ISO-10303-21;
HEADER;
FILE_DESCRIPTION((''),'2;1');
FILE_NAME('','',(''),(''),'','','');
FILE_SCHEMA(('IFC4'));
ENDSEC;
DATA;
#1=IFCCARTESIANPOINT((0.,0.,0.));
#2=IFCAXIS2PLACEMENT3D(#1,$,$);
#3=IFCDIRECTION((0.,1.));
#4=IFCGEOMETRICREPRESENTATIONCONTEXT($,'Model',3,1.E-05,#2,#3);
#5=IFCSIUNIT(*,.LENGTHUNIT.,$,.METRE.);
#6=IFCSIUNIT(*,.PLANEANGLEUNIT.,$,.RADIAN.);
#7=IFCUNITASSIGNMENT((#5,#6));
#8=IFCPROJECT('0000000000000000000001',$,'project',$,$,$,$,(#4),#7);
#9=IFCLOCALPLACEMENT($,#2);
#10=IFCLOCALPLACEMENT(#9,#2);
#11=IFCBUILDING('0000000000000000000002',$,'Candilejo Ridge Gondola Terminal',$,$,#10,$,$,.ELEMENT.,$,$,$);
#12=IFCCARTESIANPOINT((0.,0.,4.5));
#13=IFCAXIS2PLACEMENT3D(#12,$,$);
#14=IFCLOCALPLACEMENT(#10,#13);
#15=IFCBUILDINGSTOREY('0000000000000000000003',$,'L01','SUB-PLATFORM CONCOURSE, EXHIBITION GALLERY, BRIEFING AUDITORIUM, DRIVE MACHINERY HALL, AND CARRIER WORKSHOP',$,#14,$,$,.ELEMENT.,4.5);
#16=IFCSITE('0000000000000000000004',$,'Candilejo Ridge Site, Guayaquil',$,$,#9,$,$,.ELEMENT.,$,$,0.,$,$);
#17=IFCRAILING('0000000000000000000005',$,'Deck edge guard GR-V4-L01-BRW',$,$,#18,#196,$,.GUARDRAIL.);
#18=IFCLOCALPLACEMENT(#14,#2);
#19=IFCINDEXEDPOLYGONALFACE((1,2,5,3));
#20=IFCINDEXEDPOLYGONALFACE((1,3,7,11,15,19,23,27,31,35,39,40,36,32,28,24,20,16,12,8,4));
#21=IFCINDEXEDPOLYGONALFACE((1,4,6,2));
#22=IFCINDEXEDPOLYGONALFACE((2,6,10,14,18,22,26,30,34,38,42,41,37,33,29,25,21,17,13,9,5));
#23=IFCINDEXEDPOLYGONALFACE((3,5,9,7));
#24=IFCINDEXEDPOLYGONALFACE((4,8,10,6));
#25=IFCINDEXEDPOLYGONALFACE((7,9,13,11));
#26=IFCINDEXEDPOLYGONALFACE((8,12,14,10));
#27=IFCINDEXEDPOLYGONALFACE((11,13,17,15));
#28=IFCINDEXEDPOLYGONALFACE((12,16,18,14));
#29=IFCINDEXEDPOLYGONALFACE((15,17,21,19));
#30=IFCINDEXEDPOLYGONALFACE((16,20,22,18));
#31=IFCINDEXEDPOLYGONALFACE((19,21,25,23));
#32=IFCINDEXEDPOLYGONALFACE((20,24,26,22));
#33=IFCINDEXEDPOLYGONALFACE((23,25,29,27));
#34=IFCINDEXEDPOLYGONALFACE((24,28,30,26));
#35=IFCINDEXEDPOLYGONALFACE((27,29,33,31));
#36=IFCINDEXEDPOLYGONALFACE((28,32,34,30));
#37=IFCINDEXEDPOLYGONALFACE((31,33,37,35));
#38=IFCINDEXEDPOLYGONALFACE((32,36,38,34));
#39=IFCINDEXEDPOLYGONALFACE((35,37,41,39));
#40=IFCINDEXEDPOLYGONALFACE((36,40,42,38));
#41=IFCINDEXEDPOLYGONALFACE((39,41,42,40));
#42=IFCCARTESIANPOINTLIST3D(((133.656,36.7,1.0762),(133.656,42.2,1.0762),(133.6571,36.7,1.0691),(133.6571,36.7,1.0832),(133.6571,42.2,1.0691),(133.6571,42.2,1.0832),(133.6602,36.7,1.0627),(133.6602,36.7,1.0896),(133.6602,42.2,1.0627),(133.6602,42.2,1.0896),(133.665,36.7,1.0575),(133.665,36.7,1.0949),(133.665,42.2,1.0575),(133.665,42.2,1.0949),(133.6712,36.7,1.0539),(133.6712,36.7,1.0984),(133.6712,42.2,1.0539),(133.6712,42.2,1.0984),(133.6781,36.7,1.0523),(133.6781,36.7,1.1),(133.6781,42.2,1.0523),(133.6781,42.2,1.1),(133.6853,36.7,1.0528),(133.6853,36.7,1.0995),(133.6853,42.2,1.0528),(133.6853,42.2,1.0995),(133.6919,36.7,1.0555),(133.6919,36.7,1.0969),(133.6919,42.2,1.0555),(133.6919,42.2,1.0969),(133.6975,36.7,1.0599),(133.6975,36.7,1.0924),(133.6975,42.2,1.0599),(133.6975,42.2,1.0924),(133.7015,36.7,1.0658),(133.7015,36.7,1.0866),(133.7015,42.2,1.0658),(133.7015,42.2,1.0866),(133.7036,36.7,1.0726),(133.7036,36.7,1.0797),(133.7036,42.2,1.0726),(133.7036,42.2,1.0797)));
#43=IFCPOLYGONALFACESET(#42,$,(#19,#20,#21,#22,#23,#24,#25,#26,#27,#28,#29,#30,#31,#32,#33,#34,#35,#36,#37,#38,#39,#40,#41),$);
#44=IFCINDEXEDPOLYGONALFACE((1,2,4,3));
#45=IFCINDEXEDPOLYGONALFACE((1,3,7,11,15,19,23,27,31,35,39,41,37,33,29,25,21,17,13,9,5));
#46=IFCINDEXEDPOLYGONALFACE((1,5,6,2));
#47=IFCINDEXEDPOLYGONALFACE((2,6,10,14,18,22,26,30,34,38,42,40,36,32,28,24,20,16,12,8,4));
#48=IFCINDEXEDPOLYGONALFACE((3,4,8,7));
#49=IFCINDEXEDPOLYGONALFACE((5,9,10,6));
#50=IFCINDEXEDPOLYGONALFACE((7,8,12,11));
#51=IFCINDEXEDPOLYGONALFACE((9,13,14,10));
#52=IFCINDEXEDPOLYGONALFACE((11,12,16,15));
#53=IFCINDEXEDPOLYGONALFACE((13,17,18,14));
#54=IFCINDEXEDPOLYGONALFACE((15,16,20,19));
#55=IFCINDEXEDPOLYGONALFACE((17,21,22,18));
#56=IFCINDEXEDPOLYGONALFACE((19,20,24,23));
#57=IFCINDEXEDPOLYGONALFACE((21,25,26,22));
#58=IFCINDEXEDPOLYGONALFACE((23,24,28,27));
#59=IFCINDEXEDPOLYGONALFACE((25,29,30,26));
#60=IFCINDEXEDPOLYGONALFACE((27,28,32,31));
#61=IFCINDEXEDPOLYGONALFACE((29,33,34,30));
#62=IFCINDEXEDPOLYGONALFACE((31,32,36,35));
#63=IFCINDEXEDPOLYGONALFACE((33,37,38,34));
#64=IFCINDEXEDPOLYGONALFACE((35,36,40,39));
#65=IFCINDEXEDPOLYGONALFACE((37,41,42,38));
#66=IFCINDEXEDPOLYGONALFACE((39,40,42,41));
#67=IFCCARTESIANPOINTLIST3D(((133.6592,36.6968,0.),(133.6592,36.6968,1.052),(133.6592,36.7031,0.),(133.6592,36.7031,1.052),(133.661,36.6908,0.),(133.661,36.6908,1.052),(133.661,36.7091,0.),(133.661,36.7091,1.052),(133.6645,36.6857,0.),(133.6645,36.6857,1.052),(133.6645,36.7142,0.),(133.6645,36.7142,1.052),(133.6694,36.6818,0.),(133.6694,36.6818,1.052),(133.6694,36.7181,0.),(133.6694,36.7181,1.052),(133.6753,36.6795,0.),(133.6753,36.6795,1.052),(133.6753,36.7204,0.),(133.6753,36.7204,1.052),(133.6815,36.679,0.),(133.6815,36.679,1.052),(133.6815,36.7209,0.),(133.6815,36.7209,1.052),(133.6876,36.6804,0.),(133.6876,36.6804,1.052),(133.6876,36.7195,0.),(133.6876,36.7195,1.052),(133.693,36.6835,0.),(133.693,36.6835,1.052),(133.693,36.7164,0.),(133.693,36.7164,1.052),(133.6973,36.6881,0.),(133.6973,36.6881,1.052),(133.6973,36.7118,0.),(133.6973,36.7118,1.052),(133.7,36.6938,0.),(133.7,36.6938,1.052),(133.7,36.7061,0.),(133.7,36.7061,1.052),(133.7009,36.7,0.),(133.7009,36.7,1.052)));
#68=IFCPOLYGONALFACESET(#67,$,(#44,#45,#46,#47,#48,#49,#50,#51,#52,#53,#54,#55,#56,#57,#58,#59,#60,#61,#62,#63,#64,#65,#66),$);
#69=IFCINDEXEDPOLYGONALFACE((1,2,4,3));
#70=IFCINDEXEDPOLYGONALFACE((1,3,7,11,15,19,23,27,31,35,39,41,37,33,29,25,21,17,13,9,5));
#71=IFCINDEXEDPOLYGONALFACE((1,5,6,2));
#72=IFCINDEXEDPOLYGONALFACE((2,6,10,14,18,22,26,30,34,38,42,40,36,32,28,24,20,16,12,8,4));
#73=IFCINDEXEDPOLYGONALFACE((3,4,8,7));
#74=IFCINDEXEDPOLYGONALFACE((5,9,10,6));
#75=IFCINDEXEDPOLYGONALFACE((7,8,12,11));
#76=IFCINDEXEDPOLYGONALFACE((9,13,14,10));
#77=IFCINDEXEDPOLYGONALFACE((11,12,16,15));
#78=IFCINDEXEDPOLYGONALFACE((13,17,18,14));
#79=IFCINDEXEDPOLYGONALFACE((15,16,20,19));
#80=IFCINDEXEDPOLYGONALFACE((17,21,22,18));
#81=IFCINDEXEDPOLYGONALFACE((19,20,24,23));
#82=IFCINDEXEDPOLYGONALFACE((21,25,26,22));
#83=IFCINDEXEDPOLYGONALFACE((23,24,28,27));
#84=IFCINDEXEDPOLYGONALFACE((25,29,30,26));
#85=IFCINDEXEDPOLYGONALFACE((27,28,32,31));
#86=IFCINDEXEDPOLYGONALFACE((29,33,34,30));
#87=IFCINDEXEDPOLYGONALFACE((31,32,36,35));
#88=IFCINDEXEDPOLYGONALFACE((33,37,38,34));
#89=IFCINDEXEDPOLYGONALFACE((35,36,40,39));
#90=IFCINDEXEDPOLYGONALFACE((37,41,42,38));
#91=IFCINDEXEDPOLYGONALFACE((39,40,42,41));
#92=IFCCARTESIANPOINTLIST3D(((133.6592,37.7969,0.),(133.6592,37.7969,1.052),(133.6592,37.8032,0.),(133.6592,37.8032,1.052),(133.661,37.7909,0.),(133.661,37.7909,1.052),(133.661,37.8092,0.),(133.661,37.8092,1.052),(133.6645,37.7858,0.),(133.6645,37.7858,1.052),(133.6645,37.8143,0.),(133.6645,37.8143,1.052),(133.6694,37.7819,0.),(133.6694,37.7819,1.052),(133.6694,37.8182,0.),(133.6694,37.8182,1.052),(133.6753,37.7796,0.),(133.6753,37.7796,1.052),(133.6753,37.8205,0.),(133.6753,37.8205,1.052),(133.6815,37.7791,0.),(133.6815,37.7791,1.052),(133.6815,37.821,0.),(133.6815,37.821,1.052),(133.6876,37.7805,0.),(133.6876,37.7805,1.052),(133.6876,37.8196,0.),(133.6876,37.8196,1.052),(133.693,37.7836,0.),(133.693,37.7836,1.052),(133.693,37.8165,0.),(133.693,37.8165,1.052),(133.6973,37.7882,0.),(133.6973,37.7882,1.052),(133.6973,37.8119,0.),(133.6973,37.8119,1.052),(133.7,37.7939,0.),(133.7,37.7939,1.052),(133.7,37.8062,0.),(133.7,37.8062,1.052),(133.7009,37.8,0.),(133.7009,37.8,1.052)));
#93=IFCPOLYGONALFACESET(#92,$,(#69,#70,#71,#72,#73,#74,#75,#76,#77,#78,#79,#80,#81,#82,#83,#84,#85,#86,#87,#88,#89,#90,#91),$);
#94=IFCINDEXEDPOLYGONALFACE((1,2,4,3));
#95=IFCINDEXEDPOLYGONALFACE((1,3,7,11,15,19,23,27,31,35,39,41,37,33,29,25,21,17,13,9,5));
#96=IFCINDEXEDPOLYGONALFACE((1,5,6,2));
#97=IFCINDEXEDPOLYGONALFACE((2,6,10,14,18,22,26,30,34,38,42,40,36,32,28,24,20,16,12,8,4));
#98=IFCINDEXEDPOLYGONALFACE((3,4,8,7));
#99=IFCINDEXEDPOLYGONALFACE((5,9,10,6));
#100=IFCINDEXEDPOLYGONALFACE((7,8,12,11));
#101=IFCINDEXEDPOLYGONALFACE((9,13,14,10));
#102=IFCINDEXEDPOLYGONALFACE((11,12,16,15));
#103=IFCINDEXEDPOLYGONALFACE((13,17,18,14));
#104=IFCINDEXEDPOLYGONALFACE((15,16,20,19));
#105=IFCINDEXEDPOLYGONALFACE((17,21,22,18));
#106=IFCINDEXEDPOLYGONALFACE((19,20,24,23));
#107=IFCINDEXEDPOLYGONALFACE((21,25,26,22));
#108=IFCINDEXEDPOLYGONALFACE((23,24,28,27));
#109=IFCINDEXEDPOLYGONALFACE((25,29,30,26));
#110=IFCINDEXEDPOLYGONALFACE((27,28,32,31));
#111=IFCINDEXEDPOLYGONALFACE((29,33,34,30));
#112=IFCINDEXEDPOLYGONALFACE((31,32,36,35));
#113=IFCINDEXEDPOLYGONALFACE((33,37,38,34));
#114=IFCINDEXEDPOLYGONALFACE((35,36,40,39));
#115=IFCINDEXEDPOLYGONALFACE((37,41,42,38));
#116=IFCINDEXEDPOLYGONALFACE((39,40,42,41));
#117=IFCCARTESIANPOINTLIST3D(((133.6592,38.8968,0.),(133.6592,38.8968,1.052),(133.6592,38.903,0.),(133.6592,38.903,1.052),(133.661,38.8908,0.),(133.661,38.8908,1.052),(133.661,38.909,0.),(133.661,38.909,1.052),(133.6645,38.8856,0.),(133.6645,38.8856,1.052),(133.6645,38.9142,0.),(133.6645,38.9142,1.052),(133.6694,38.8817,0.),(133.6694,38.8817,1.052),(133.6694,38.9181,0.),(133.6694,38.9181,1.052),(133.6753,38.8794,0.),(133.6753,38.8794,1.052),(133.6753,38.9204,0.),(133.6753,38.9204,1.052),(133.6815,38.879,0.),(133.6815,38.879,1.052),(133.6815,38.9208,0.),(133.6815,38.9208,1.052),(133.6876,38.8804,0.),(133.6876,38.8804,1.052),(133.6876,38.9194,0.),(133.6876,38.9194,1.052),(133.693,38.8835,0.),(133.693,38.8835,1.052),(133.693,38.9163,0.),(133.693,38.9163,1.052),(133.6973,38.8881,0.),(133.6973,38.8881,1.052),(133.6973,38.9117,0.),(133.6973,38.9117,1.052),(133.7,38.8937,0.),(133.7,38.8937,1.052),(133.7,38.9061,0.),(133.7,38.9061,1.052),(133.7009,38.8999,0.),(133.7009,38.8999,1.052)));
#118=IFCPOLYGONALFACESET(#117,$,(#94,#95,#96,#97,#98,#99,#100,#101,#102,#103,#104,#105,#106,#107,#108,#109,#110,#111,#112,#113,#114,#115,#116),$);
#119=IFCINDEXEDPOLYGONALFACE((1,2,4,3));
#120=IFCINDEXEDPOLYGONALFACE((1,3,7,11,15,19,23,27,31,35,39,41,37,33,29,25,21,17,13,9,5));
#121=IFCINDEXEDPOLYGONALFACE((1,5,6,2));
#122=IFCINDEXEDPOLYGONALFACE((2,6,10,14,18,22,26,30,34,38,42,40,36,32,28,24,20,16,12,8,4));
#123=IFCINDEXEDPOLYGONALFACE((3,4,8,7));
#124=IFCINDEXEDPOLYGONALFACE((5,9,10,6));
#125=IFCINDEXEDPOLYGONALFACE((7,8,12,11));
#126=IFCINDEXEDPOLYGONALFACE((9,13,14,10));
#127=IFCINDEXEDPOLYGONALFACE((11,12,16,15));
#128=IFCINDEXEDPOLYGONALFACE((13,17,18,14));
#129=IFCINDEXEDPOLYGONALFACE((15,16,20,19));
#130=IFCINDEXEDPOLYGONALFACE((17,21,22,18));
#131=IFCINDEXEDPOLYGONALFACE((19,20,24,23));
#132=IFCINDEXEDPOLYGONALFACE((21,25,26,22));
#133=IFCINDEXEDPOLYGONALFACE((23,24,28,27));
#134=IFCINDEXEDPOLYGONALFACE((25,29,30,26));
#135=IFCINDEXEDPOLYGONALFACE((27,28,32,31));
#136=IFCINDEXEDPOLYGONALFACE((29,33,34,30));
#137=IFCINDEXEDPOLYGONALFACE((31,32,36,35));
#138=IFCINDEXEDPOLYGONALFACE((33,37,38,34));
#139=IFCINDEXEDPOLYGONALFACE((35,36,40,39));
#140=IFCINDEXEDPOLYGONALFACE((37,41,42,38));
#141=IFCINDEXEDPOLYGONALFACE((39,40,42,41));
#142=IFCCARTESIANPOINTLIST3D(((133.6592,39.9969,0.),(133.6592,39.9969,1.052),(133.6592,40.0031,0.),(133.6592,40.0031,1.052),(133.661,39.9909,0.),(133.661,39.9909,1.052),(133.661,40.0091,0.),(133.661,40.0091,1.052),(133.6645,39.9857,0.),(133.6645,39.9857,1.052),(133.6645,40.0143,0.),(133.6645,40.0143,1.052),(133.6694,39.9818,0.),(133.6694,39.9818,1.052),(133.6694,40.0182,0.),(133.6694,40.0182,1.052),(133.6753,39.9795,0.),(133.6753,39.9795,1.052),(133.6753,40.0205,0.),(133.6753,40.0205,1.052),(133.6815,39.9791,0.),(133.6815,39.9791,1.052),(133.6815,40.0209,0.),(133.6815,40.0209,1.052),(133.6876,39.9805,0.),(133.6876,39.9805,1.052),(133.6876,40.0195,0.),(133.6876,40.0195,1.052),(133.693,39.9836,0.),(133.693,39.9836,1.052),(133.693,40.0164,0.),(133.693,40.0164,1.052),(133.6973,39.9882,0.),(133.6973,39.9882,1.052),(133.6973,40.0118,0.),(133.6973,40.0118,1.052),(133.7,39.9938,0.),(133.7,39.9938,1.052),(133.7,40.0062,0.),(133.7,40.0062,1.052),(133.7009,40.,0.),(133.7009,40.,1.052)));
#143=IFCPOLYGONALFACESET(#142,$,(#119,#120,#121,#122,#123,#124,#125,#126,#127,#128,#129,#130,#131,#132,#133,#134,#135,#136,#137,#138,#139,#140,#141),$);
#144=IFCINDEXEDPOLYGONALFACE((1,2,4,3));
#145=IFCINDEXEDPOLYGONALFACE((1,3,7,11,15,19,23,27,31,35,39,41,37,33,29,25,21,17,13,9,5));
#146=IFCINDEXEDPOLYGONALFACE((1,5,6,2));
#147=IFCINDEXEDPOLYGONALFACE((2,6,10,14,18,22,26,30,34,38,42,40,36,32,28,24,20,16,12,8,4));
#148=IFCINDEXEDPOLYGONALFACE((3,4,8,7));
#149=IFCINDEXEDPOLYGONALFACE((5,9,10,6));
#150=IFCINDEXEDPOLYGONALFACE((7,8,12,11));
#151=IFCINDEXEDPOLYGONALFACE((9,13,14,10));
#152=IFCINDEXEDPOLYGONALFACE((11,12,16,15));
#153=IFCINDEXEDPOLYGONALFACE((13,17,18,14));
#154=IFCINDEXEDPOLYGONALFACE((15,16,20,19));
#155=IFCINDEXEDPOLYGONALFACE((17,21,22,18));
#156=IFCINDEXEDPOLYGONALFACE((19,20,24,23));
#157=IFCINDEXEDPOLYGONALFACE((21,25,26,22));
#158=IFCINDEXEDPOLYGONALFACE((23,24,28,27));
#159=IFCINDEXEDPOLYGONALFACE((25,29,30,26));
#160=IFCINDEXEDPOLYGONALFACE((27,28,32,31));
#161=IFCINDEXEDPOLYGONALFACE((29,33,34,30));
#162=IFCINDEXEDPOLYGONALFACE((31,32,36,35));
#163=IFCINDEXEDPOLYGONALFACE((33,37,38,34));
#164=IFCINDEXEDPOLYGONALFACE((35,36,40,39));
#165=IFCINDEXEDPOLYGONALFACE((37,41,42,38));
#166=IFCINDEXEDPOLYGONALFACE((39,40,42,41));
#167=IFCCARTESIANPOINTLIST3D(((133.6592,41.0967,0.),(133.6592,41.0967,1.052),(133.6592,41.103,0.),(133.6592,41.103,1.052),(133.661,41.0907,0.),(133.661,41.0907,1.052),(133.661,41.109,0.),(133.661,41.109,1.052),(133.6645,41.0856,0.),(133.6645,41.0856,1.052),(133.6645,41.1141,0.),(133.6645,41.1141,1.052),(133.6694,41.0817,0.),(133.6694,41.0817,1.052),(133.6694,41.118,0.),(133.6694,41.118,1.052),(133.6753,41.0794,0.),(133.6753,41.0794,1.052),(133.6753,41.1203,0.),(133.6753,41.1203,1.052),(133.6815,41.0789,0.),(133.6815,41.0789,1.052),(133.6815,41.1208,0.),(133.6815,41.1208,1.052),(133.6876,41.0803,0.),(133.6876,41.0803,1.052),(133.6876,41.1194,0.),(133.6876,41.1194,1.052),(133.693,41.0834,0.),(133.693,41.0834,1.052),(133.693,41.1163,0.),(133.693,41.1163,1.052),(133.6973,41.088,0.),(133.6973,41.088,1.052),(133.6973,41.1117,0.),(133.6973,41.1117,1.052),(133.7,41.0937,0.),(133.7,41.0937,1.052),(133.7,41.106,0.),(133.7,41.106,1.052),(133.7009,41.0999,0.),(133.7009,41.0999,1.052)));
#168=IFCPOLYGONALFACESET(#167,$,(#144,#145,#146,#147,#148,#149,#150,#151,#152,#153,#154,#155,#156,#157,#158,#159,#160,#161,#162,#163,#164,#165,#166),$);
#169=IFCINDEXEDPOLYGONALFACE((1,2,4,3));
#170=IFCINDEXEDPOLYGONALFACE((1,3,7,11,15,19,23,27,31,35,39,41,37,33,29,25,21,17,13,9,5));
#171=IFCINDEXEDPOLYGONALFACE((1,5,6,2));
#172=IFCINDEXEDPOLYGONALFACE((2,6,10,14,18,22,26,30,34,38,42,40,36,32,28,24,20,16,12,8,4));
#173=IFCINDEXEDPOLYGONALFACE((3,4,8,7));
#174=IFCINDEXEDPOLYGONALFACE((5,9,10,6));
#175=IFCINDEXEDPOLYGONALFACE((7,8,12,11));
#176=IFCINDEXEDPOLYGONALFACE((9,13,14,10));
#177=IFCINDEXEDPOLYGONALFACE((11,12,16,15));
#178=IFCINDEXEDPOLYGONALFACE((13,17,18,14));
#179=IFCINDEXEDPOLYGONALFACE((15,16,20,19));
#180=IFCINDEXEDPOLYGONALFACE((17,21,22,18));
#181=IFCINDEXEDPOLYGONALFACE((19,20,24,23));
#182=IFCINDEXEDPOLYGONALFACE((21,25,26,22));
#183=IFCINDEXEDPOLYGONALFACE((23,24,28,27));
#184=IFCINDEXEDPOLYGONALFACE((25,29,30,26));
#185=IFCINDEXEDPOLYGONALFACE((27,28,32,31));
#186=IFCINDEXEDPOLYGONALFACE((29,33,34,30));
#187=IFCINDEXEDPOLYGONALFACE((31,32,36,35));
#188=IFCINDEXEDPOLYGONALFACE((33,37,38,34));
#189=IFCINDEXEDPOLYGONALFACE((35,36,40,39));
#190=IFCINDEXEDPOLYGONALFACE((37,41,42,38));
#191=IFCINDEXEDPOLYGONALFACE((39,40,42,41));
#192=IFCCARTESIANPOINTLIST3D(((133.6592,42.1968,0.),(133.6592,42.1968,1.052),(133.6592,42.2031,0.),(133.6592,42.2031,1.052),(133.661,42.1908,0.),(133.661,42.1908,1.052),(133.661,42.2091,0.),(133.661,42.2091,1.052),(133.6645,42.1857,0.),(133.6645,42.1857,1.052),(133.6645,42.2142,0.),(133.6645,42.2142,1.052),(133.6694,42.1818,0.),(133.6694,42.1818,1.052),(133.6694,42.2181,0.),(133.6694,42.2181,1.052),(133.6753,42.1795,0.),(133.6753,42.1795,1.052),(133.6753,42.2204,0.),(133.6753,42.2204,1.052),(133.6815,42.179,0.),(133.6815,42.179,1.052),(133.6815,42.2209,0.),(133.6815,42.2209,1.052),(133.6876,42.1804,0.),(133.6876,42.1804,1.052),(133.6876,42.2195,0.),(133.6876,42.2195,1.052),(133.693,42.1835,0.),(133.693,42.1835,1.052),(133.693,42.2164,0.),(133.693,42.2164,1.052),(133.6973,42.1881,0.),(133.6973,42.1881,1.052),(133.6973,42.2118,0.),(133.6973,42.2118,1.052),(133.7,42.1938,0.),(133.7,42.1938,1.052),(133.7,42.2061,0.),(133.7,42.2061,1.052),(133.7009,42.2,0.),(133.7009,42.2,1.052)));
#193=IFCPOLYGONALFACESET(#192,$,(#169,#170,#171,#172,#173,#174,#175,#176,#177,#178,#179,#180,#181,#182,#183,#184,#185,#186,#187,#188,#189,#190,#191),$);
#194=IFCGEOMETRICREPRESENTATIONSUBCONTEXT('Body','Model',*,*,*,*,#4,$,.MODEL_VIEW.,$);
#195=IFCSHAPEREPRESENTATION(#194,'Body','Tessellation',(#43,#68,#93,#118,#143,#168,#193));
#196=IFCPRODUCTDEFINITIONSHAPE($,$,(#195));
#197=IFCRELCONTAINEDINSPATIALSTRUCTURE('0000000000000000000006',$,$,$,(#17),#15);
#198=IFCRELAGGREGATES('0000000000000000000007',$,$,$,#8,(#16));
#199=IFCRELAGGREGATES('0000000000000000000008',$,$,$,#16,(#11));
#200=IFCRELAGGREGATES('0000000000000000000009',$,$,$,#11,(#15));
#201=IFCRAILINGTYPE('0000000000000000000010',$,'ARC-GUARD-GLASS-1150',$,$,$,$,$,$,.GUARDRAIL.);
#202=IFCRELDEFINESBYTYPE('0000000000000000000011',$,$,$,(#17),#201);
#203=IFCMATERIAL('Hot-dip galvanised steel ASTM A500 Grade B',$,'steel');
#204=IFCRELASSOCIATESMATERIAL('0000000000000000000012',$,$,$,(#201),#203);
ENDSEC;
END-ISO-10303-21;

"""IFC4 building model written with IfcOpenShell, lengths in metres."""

from ifc_helpers import new_model, si_unit, direction, frame, origin, origin_2d, place, context, subcontext, project, spatial, circle, extrude, material, type_object, element, save


model = new_model("IFC4")

# Units and contexts
model_context = context("Model", 3, precision=1e-05, world=origin(), true_north=direction((0.0, 1.0)))
body_context = subcontext(model_context, "Body", "Model", "MODEL_VIEW")
ifc_project = project(units=[si_unit("LENGTHUNIT", "METRE"), si_unit("PLANEANGLEUNIT", "RADIAN")], contexts=[model_context])

# Site, building, storey
site_placement = place(None, origin())
site = spatial("IfcSite", under=ifc_project, at=site_placement, Name="Candilejo Ridge Site, Guayaquil", CompositionType="ELEMENT", RefElevation=0.0)
building_placement = place(site_placement, origin())
building = spatial("IfcBuilding", under=site, at=building_placement, Name="Candilejo Ridge Gondola Terminal", CompositionType="ELEMENT")
storey_placement = place(building_placement, frame((0.0, 0.0, 4.5)))
storey = spatial("IfcBuildingStorey", under=building, at=storey_placement, Name="L01", Description="SUB-PLATFORM CONCOURSE, EXHIBITION GALLERY, BRIEFING AUDITORIUM, DRIVE MACHINERY HALL, AND CARRIER WORKSHOP", CompositionType="ELEMENT", Elevation=4.5)

# Railing
ifc_material_1 = material(Name="Hot-dip galvanised steel ASTM A500 Grade B", Category="steel")
railing_type = type_object("IfcRailingType", Name="ARC-GUARD-GLASS-1150", PredefinedType="GUARDRAIL", material=ifc_material_1)
railing_placement = place(storey_placement, frame((133.6799, 36.7, 0.0)))
element("IfcRailing", 1, at=railing_placement, inside=storey, type_object=railing_type, Name="Deck edge guard GR-V4-L01-BRW", PredefinedType="GUARDRAIL", context=body_context, shape_type="SweptSolid", body=[
    extrude(circle(Radius=0.0239, at=origin_2d()), frame((0.0, 0.0, 1.0762), z_axis=(0.0, 1.0, 0.0), x_axis=(-1.0, 0.0, 0.0)), (0.0, 0.0, 1.0), 5.5),
    extrude(circle(Radius=0.021, at=origin_2d()), origin(), (0.0, 0.0, 1.0), 1.052),
    extrude(circle(Radius=0.021, at=origin_2d()), frame((0.0, 1.1001, 0.0)), (0.0, 0.0, 1.0), 1.052),
    extrude(circle(Radius=0.021, at=origin_2d()), frame((0.0, 2.2, 0.0)), (0.0, 0.0, 1.0), 1.052),
    extrude(circle(Radius=0.021, at=origin_2d()), frame((0.0, 3.3, 0.0)), (0.0, 0.0, 1.0), 1.052),
    extrude(circle(Radius=0.021, at=origin_2d()), frame((0.0, 4.3999, 0.0)), (0.0, 0.0, 1.0), 1.052),
    extrude(circle(Radius=0.021, at=origin_2d()), frame((0.0, 5.5, 0.0)), (0.0, 0.0, 1.0), 1.052),
])

save(model, "model.ifc")
